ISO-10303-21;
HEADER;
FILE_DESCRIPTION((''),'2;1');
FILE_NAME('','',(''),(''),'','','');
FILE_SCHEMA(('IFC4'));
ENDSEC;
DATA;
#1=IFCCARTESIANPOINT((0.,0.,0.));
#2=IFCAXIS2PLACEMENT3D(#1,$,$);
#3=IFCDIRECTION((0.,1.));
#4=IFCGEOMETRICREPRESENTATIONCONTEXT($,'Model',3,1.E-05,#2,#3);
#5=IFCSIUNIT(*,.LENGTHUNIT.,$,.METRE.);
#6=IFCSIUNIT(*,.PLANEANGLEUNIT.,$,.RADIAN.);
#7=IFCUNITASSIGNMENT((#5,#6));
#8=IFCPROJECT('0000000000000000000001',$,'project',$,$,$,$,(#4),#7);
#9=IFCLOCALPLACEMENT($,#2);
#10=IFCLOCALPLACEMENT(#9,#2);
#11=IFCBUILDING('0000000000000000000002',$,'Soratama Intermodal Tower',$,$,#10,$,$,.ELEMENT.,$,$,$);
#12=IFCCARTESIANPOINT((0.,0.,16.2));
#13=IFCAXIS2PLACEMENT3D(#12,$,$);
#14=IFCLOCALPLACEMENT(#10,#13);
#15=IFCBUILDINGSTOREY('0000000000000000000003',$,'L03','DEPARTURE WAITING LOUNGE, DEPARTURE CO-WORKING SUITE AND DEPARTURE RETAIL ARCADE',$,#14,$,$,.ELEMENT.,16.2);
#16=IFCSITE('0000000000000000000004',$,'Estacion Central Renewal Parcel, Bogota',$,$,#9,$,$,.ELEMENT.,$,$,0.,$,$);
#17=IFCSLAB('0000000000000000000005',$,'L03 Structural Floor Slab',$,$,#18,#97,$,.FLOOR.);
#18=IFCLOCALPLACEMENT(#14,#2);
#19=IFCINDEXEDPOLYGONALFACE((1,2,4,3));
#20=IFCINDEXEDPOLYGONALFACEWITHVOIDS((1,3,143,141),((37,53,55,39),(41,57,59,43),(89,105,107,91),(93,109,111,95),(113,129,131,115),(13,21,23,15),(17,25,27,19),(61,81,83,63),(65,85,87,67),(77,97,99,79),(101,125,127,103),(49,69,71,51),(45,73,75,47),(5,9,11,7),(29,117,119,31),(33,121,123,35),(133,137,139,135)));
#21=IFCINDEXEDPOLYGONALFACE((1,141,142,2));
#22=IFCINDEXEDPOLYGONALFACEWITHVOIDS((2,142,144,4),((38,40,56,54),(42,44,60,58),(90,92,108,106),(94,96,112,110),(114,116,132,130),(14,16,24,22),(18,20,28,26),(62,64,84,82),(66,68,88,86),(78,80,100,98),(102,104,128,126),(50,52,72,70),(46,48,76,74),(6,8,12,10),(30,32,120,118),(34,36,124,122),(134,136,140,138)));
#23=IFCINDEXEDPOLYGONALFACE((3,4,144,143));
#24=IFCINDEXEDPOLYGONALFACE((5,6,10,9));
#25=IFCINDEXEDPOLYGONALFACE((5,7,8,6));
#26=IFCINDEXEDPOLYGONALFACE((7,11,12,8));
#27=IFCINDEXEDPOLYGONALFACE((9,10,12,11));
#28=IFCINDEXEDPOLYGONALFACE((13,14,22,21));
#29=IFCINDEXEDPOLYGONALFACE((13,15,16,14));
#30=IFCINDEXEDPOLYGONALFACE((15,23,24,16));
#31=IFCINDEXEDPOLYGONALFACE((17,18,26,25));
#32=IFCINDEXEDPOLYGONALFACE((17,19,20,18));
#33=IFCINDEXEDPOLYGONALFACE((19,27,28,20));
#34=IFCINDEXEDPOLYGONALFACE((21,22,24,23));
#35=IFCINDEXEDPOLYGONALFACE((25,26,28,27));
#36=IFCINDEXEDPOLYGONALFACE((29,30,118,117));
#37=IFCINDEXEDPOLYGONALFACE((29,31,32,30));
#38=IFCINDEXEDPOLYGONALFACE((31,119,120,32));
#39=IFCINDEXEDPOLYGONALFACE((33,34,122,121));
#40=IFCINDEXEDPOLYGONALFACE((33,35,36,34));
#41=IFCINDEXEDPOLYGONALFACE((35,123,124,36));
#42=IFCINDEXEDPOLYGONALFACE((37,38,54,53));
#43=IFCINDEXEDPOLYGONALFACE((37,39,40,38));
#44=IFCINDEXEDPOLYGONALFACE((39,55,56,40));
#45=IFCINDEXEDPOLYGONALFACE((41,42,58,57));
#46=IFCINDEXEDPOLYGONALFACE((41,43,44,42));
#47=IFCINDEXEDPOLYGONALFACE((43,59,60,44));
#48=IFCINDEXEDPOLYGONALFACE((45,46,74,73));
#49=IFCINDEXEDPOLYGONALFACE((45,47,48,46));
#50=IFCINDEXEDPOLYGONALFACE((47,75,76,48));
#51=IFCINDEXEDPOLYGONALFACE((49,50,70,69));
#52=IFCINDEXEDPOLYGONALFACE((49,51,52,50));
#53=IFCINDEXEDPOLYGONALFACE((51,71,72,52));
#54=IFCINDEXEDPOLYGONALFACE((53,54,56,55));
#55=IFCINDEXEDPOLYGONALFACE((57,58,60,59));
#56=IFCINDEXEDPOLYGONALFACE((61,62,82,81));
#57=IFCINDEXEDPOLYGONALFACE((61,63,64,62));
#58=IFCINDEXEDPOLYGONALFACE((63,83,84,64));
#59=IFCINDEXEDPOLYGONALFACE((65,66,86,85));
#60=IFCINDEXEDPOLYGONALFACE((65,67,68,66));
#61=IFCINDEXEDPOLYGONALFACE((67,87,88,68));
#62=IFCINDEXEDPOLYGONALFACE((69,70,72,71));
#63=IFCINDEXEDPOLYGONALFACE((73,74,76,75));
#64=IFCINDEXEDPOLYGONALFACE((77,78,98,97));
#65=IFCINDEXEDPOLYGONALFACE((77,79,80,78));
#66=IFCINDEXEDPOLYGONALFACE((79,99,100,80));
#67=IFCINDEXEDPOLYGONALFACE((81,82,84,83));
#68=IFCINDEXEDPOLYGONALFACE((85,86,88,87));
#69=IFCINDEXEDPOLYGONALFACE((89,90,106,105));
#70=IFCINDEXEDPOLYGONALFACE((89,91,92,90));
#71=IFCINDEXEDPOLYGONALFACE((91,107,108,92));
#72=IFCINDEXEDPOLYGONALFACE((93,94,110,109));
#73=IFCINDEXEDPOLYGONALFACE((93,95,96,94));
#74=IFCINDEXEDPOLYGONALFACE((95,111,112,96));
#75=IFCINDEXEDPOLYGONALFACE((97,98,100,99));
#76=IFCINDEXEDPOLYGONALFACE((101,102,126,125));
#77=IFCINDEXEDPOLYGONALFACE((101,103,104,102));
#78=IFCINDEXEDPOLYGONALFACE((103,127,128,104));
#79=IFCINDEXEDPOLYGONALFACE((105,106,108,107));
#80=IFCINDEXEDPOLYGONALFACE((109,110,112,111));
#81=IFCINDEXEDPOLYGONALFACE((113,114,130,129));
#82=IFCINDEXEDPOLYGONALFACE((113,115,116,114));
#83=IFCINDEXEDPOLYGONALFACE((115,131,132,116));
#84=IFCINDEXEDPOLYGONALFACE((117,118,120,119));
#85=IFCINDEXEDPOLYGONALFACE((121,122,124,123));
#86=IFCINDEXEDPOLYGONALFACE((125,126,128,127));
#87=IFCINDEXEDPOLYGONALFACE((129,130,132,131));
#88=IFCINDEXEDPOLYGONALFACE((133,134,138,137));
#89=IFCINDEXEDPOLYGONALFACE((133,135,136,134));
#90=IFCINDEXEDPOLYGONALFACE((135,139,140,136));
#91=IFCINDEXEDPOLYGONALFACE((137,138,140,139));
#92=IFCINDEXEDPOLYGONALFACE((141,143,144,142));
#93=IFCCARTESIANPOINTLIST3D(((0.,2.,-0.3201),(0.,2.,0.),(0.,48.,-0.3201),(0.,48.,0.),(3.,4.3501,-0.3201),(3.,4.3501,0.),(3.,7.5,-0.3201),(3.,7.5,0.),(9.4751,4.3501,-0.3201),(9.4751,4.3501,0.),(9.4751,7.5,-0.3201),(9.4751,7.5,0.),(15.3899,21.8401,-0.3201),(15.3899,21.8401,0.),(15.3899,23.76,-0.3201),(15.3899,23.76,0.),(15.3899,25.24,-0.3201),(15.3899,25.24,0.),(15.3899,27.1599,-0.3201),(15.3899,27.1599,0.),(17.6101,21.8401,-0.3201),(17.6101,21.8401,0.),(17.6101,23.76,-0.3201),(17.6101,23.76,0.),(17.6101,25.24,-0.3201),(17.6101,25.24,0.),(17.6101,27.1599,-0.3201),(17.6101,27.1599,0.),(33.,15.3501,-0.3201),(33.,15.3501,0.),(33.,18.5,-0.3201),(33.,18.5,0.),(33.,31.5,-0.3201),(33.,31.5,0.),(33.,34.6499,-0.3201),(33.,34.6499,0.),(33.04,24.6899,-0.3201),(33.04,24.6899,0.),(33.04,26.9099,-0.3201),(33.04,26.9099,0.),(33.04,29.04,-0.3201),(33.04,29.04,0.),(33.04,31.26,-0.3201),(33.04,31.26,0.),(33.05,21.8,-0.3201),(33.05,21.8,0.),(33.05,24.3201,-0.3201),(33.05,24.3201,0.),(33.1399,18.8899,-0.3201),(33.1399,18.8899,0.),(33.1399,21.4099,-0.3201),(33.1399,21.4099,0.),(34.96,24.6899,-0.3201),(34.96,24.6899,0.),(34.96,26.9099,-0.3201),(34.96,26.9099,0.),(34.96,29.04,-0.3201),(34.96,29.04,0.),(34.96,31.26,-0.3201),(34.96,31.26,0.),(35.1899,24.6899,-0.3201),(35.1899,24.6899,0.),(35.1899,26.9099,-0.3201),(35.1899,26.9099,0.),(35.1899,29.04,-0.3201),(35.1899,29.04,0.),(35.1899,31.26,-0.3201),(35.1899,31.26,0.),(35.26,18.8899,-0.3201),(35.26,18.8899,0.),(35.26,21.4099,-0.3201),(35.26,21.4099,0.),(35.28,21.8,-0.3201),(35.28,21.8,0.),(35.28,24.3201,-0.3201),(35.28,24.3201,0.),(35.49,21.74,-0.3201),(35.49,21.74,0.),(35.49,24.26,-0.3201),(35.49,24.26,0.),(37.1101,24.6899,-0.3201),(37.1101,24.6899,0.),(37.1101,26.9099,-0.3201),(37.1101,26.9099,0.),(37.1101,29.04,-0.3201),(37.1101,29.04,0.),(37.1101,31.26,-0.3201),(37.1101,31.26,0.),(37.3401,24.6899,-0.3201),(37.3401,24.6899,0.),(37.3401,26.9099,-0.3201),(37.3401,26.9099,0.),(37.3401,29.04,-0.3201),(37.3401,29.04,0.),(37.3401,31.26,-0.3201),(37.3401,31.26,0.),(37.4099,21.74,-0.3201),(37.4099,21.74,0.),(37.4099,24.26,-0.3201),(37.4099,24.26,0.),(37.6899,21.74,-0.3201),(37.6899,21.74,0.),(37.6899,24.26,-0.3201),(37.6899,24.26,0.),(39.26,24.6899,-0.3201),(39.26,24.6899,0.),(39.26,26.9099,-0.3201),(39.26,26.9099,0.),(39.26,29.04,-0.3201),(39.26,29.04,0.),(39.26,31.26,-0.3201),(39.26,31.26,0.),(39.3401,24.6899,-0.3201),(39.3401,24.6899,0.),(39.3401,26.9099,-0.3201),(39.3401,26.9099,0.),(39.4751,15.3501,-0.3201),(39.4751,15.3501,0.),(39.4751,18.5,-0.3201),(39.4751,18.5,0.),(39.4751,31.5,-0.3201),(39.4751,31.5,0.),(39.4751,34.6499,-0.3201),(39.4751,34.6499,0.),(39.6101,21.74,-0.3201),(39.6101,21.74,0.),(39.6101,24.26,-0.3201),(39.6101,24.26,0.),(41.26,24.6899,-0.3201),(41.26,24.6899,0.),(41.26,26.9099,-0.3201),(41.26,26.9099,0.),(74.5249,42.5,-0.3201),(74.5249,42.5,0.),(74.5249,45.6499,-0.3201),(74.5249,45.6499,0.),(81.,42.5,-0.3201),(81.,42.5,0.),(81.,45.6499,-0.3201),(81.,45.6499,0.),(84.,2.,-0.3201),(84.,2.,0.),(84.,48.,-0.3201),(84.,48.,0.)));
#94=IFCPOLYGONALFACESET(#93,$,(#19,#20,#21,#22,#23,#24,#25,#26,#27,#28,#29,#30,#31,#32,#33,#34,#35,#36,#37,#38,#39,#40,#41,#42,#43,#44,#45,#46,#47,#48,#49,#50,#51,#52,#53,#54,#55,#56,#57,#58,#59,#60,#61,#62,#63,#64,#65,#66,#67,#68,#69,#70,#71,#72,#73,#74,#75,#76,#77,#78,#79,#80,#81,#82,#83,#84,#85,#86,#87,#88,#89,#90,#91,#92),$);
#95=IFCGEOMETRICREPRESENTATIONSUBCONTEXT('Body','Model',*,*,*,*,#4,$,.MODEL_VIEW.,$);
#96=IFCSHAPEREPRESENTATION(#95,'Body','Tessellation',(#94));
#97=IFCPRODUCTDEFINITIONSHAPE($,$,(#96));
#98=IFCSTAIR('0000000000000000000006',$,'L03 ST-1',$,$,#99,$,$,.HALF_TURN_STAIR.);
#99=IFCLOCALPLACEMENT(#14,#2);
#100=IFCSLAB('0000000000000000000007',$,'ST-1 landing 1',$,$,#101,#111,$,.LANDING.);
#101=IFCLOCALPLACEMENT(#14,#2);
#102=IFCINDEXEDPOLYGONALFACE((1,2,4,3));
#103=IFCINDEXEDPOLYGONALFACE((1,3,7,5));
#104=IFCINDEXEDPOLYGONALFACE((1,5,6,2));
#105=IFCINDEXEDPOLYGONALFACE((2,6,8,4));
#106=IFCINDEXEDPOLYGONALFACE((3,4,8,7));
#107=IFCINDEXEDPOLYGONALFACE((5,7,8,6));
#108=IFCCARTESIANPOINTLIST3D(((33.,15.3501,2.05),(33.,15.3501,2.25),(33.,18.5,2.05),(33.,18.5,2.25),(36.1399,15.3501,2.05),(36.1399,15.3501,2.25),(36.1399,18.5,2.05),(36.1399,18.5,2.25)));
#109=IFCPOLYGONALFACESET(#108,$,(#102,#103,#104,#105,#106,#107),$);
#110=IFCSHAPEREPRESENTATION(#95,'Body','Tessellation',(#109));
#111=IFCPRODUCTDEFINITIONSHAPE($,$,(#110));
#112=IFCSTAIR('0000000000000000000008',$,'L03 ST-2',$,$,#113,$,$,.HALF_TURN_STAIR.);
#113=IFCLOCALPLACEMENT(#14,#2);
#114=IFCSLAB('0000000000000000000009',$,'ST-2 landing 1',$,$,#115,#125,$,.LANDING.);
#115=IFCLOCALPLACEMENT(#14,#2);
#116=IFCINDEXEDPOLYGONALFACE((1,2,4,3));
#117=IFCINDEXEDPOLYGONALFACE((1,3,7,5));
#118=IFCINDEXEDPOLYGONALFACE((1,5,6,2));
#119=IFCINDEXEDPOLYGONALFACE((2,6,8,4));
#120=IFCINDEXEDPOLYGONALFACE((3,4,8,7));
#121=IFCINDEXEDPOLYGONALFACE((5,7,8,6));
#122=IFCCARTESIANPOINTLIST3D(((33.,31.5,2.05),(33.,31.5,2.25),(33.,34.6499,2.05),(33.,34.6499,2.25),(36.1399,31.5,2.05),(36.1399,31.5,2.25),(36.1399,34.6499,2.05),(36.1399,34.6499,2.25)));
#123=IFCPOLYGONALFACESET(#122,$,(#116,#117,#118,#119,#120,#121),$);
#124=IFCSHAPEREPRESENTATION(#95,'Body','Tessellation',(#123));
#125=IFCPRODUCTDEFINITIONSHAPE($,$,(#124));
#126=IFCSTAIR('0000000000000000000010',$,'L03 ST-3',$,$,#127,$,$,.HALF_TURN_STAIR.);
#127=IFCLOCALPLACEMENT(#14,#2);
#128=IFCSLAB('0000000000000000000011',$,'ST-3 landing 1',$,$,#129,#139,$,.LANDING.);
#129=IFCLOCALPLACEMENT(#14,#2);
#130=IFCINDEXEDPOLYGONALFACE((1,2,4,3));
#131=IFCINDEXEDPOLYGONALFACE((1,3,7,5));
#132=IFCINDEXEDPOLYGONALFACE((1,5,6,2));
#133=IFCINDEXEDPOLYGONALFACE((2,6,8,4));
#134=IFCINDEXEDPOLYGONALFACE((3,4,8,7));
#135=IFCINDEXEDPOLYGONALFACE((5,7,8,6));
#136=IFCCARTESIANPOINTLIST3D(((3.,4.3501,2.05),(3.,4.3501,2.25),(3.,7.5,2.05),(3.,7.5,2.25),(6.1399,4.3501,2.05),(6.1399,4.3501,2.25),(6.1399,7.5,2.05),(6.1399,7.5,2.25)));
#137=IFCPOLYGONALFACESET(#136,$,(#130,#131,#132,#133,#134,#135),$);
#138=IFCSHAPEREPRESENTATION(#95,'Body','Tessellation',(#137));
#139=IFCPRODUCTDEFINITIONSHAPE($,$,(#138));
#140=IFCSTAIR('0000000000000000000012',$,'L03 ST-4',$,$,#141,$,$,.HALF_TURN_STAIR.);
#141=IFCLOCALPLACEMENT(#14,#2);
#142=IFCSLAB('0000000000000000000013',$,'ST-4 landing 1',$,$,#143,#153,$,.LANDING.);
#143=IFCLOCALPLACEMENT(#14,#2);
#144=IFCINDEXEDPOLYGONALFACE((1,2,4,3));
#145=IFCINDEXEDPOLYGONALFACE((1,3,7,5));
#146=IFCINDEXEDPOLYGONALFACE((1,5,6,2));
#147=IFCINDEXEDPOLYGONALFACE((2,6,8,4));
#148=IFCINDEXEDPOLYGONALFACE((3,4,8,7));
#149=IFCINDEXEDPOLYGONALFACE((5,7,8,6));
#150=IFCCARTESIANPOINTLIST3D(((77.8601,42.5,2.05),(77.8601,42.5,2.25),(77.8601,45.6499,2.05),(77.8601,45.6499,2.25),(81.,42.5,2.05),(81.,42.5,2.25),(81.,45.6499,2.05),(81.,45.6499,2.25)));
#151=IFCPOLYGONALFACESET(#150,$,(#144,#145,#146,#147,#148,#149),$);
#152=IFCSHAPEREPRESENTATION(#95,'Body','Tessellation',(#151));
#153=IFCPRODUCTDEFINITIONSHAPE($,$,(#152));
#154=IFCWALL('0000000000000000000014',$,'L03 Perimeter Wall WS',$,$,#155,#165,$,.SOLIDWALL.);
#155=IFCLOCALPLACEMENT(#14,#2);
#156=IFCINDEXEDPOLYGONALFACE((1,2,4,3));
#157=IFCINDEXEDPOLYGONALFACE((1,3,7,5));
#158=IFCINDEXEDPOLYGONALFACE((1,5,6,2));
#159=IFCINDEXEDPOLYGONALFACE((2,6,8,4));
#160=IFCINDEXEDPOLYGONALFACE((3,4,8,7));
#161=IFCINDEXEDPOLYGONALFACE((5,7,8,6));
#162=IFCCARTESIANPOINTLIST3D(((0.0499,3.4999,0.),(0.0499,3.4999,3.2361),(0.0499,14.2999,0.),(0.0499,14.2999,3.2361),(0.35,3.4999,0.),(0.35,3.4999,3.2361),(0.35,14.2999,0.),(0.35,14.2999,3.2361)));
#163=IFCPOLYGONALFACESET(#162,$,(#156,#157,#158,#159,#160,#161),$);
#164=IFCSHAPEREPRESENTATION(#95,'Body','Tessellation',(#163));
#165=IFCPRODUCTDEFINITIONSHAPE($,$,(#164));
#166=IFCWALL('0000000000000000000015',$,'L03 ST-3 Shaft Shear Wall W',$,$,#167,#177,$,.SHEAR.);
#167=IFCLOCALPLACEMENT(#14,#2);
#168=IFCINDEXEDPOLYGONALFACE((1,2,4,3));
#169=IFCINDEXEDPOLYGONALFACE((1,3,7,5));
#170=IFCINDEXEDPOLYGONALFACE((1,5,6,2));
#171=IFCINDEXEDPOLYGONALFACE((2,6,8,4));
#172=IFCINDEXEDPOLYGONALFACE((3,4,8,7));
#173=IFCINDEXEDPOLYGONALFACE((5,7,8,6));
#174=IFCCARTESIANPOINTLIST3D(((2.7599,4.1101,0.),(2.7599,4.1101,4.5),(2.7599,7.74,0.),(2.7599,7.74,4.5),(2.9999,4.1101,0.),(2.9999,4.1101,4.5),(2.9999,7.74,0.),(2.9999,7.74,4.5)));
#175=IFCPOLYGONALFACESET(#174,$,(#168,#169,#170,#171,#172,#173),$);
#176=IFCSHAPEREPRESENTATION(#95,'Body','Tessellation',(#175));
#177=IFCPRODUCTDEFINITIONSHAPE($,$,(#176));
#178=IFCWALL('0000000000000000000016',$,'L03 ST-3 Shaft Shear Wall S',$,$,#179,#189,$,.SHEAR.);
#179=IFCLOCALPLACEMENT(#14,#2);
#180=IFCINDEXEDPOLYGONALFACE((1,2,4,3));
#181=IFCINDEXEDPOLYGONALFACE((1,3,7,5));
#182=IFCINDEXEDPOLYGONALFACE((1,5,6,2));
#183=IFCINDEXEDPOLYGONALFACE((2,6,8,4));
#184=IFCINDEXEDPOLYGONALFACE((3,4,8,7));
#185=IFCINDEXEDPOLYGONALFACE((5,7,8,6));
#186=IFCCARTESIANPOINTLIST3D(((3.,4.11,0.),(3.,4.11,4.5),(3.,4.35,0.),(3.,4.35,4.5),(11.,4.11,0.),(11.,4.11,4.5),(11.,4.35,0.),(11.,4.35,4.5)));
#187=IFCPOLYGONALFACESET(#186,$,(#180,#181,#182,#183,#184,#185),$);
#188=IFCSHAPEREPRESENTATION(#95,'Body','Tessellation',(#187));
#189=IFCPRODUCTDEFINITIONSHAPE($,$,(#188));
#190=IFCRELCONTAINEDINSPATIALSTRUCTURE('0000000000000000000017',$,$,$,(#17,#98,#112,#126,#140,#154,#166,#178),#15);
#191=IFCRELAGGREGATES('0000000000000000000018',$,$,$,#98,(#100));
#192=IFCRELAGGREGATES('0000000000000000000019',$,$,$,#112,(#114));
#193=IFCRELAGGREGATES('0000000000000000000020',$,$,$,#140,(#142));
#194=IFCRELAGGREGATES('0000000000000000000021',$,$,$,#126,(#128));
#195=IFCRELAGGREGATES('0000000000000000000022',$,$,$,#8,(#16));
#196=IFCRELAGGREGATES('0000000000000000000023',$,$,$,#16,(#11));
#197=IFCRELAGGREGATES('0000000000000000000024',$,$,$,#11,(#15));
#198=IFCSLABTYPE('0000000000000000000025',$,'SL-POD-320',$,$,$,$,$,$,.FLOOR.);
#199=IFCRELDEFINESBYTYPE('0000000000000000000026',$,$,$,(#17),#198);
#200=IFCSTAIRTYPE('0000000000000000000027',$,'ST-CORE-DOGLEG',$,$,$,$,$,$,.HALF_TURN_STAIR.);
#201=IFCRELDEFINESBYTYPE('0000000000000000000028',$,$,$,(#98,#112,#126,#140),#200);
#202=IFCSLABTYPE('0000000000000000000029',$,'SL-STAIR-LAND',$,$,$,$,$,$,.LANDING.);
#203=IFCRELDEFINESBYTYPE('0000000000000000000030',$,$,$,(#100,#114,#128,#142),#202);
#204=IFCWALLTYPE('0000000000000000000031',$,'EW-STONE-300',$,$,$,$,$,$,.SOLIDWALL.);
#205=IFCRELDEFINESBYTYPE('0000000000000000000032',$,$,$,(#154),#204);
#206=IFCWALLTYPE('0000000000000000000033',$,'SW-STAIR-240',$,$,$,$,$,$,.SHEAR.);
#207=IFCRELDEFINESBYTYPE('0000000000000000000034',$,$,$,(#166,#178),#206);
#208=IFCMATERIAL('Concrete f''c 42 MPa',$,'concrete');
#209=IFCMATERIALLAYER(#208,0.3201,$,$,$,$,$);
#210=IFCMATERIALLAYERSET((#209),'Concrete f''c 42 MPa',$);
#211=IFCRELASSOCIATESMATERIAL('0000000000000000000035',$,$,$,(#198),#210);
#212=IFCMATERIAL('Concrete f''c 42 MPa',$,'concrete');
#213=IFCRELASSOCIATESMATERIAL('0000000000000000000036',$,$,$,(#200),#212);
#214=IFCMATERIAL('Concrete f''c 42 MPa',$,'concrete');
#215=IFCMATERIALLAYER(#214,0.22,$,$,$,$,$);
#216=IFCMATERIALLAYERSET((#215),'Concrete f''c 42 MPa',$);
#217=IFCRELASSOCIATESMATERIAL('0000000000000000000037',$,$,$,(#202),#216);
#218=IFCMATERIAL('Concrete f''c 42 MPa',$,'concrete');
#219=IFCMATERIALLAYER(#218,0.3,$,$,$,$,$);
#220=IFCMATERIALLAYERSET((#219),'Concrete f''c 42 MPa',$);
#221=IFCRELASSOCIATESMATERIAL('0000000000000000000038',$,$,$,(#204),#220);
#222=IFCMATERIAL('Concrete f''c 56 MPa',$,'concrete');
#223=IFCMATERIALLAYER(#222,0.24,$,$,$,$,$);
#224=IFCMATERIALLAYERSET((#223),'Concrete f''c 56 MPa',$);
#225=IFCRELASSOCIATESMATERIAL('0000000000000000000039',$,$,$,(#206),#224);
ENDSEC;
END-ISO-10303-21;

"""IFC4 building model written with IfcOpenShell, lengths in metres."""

from ifc_helpers import new_model, si_unit, direction, frame, frame_2d, origin, place, context, subcontext, project, spatial, polyline, rectangle, outline, extrude, material, layer, layer_set, type_object, element, aggregate, save


model = new_model("IFC4")

# Units and contexts
model_context = context("Model", 3, precision=1e-05, world=origin(), true_north=direction((0.0, 1.0)))
body_context = subcontext(model_context, "Body", "Model", "MODEL_VIEW")
ifc_project = project(units=[si_unit("LENGTHUNIT", "METRE"), si_unit("PLANEANGLEUNIT", "RADIAN")], contexts=[model_context])

# Site, building, storey
site_placement = place(None, origin())
site = spatial("IfcSite", under=ifc_project, at=site_placement, Name="Estacion Central Renewal Parcel, Bogota", CompositionType="ELEMENT", RefElevation=0.0)
building_placement = place(site_placement, origin())
building = spatial("IfcBuilding", under=site, at=building_placement, Name="Soratama Intermodal Tower", CompositionType="ELEMENT")
storey_placement = place(building_placement, frame((0.0, 0.0, 16.2)))
storey = spatial("IfcBuildingStorey", under=building, at=storey_placement, Name="L03", Description="DEPARTURE WAITING LOUNGE, DEPARTURE CO-WORKING SUITE AND DEPARTURE RETAIL ARCADE", CompositionType="ELEMENT", Elevation=16.2)

# Slab
ifc_material_1 = material(Name="Concrete f'c 42 MPa", Category="concrete")
ifc_layer_1 = layer(ifc_material_1, 0.3201)
ifc_layer_set_1 = layer_set([ifc_layer_1], Name="Concrete f'c 42 MPa")
slab_type_1 = type_object("IfcSlabType", Name="SL-POD-320", PredefinedType="FLOOR", material=ifc_layer_set_1)
slab_1_placement = place(storey_placement, frame((0.0, 0.0, -0.3201)))
element("IfcSlab", 1, at=slab_1_placement, inside=storey, type_object=slab_type_1, Name="L03 Structural Floor Slab", PredefinedType="FLOOR", context=body_context, shape_type="SweptSolid", body=[
    extrude(outline(polyline([(0.0, 2.0), (84.0, 2.0), (84.0, 48.0), (0.0, 48.0), (0.0, 2.0)]), holes=[polyline([(9.4751, 7.5), (3.0, 7.5), (3.0, 4.3501), (9.4751, 4.3501), (9.4751, 7.5)]), polyline([(35.26, 18.8899), (35.26, 21.4099), (33.1399, 21.4099), (33.1399, 18.8899), (35.26, 18.8899)]), polyline([(17.6101, 21.8401), (17.6101, 23.76), (15.3899, 23.76), (15.3899, 21.8401), (17.6101, 21.8401)]), polyline([(33.05, 21.8), (35.28, 21.8), (35.28, 24.3201), (33.05, 24.3201), (33.05, 21.8)]), polyline([(34.96, 24.6899), (34.96, 26.9099), (33.04, 26.9099), (33.04, 24.6899), (34.96, 24.6899)]), polyline([(37.1101, 24.6899), (37.1101, 26.9099), (35.1899, 26.9099), (35.1899, 24.6899), (37.1101, 24.6899)]), polyline([(17.6101, 25.24), (17.6101, 27.1599), (15.3899, 27.1599), (15.3899, 25.24), (17.6101, 25.24)]), polyline([(34.96, 29.04), (34.96, 31.26), (33.04, 31.26), (33.04, 29.04), (34.96, 29.04)]), polyline([(37.1101, 29.04), (37.1101, 31.26), (35.1899, 31.26), (35.1899, 29.04), (37.1101, 29.04)]), polyline([(39.4751, 18.5), (33.0, 18.5), (33.0, 15.3501), (39.4751, 15.3501), (39.4751, 18.5)]), polyline([(37.4099, 21.74), (37.4099, 24.26), (35.49, 24.26), (35.49, 21.74), (37.4099, 21.74)]), polyline([(39.6101, 21.74), (39.6101, 24.26), (37.6899, 24.26), (37.6899, 21.74), (39.6101, 21.74)]), polyline([(39.26, 24.6899), (39.26, 26.9099), (37.3401, 26.9099), (37.3401, 24.6899), (39.26, 24.6899)]), polyline([(41.26, 24.6899), (41.26, 26.9099), (39.3401, 26.9099), (39.3401, 24.6899), (41.26, 24.6899)]), polyline([(39.26, 29.04), (39.26, 31.26), (37.3401, 31.26), (37.3401, 29.04), (39.26, 29.04)]), polyline([(39.4751, 31.5), (39.4751, 34.6499), (33.0, 34.6499), (33.0, 31.5), (39.4751, 31.5)]), polyline([(74.5249, 45.6499), (74.5249, 42.5), (81.0, 42.5), (81.0, 45.6499), (74.5249, 45.6499)])]), origin(), (0.0, 0.0, 1.0), 0.3201),
])

# Stairs, slabs
ifc_material_2 = material(Name="Concrete f'c 42 MPa", Category="concrete")
stair_type = type_object("IfcStairType", Name="ST-CORE-DOGLEG", PredefinedType="HALF_TURN_STAIR", material=ifc_material_2)
stair_1_placement = place(storey_placement, origin())
stair_1 = element("IfcStair", 2, at=stair_1_placement, inside=storey, type_object=stair_type, Name="L03 ST-1", PredefinedType="HALF_TURN_STAIR")
ifc_material_3 = material(Name="Concrete f'c 42 MPa", Category="concrete")
ifc_layer_2 = layer(ifc_material_3, 0.22)
ifc_layer_set_2 = layer_set([ifc_layer_2], Name="Concrete f'c 42 MPa")
slab_type_2 = type_object("IfcSlabType", Name="SL-STAIR-LAND", PredefinedType="LANDING", material=ifc_layer_set_2)
slab_2_placement = place(storey_placement, frame((0.0, 0.0, 2.05)))
slab_2 = element("IfcSlab", 3, at=slab_2_placement, type_object=slab_type_2, Name="ST-1 landing 1", PredefinedType="LANDING", context=body_context, shape_type="SweptSolid", body=[
    extrude(outline(polyline([(36.1399, 18.5), (33.0, 18.5), (33.0, 15.3501), (36.1399, 15.3501), (36.1399, 18.5)])), origin(), (0.0, 0.0, 1.0), 0.2),
])
aggregate(stair_1, [slab_2])
stair_2_placement = place(storey_placement, origin())
stair_2 = element("IfcStair", 4, at=stair_2_placement, inside=storey, type_object=stair_type, Name="L03 ST-2", PredefinedType="HALF_TURN_STAIR")
slab_3_placement = place(storey_placement, frame((0.0, 0.0, 2.05)))
slab_3 = element("IfcSlab", 5, at=slab_3_placement, type_object=slab_type_2, Name="ST-2 landing 1", PredefinedType="LANDING", context=body_context, shape_type="SweptSolid", body=[
    extrude(outline(polyline([(36.1399, 34.6499), (33.0, 34.6499), (33.0, 31.5), (36.1399, 31.5), (36.1399, 34.6499)])), origin(), (0.0, 0.0, 1.0), 0.2),
])
aggregate(stair_2, [slab_3])
stair_3_placement = place(storey_placement, origin())
stair_3 = element("IfcStair", 6, at=stair_3_placement, inside=storey, type_object=stair_type, Name="L03 ST-3", PredefinedType="HALF_TURN_STAIR")
slab_4_placement = place(storey_placement, frame((0.0, 0.0, 2.05)))
slab_4 = element("IfcSlab", 7, at=slab_4_placement, type_object=slab_type_2, Name="ST-3 landing 1", PredefinedType="LANDING", context=body_context, shape_type="SweptSolid", body=[
    extrude(outline(polyline([(6.1399, 7.5), (3.0, 7.5), (3.0, 4.3501), (6.1399, 4.3501), (6.1399, 7.5)])), origin(), (0.0, 0.0, 1.0), 0.2),
])
stair_4_placement = place(storey_placement, origin())
stair_4 = element("IfcStair", 8, at=stair_4_placement, inside=storey, type_object=stair_type, Name="L03 ST-4", PredefinedType="HALF_TURN_STAIR")
slab_5_placement = place(storey_placement, frame((0.0, 0.0, 2.05)))
slab_5 = element("IfcSlab", 9, at=slab_5_placement, type_object=slab_type_2, Name="ST-4 landing 1", PredefinedType="LANDING", context=body_context, shape_type="SweptSolid", body=[
    extrude(outline(polyline([(77.8601, 42.5), (81.0, 42.5), (81.0, 45.6499), (77.8601, 45.6499), (77.8601, 42.5)])), origin(), (0.0, 0.0, 1.0), 0.2),
])
aggregate(stair_4, [slab_5])

# Walls
ifc_material_4 = material(Name="Concrete f'c 42 MPa", Category="concrete")
ifc_layer_3 = layer(ifc_material_4, 0.3)
ifc_layer_set_3 = layer_set([ifc_layer_3], Name="Concrete f'c 42 MPa")
wall_type_1 = type_object("IfcWallType", Name="EW-STONE-300", PredefinedType="SOLIDWALL", material=ifc_layer_set_3)
wall_1_placement = place(storey_placement, frame((0.2, 3.5, 0.0), z_axis=(0.0, 0.0, 1.0), x_axis=(0.0, 1.0, 0.0)))
element("IfcWall", 10, at=wall_1_placement, inside=storey, type_object=wall_type_1, Name="L03 Perimeter Wall WS", PredefinedType="SOLIDWALL", context=body_context, shape_type="SweptSolid", body=[
    extrude(rectangle(XDim=10.8, YDim=0.3, at=frame_2d((5.3999, 0.0))), origin(), (0.0, 0.0, 1.0), 3.2361),
])
ifc_material_5 = material(Name="Concrete f'c 56 MPa", Category="concrete")
ifc_layer_4 = layer(ifc_material_5, 0.24)
ifc_layer_set_4 = layer_set([ifc_layer_4], Name="Concrete f'c 56 MPa")
wall_type_2 = type_object("IfcWallType", Name="SW-STAIR-240", PredefinedType="SHEAR", material=ifc_layer_set_4)
wall_2_placement = place(storey_placement, frame((2.8799, 4.1101, 0.0), z_axis=(0.0, 0.0, 1.0), x_axis=(0.0, 1.0, 0.0)))
element("IfcWall", 11, at=wall_2_placement, inside=storey, type_object=wall_type_2, Name="L03 ST-3 Shaft Shear Wall W", PredefinedType="SHEAR", context=body_context, shape_type="SweptSolid", body=[
    extrude(rectangle(XDim=3.6299, YDim=0.24, at=frame_2d((1.8149, 0.0))), origin(), (0.0, 0.0, 1.0), 4.5),
])
for number, where, z_axis, x_axis, name in (
    (12, (3.0, 4.23, 0.0), (0.0, 0.0, 1.0), (1.0, 0.0, 0.0), "L03 ST-3 Shaft Shear Wall S"),
):
    element("IfcWall", number, at=place(storey_placement, frame(where, z_axis=z_axis, x_axis=x_axis)), inside=storey, type_object=wall_type_2, Name=name, PredefinedType="SHEAR", context=body_context, shape_type="SweptSolid", body=[
        extrude(rectangle(XDim=8.0, YDim=0.24, at=frame_2d((4.0, 0.0))), origin(), (0.0, 0.0, 1.0), 4.5),
    ])

aggregate(stair_3, [slab_4])

save(model, "model.ifc")
